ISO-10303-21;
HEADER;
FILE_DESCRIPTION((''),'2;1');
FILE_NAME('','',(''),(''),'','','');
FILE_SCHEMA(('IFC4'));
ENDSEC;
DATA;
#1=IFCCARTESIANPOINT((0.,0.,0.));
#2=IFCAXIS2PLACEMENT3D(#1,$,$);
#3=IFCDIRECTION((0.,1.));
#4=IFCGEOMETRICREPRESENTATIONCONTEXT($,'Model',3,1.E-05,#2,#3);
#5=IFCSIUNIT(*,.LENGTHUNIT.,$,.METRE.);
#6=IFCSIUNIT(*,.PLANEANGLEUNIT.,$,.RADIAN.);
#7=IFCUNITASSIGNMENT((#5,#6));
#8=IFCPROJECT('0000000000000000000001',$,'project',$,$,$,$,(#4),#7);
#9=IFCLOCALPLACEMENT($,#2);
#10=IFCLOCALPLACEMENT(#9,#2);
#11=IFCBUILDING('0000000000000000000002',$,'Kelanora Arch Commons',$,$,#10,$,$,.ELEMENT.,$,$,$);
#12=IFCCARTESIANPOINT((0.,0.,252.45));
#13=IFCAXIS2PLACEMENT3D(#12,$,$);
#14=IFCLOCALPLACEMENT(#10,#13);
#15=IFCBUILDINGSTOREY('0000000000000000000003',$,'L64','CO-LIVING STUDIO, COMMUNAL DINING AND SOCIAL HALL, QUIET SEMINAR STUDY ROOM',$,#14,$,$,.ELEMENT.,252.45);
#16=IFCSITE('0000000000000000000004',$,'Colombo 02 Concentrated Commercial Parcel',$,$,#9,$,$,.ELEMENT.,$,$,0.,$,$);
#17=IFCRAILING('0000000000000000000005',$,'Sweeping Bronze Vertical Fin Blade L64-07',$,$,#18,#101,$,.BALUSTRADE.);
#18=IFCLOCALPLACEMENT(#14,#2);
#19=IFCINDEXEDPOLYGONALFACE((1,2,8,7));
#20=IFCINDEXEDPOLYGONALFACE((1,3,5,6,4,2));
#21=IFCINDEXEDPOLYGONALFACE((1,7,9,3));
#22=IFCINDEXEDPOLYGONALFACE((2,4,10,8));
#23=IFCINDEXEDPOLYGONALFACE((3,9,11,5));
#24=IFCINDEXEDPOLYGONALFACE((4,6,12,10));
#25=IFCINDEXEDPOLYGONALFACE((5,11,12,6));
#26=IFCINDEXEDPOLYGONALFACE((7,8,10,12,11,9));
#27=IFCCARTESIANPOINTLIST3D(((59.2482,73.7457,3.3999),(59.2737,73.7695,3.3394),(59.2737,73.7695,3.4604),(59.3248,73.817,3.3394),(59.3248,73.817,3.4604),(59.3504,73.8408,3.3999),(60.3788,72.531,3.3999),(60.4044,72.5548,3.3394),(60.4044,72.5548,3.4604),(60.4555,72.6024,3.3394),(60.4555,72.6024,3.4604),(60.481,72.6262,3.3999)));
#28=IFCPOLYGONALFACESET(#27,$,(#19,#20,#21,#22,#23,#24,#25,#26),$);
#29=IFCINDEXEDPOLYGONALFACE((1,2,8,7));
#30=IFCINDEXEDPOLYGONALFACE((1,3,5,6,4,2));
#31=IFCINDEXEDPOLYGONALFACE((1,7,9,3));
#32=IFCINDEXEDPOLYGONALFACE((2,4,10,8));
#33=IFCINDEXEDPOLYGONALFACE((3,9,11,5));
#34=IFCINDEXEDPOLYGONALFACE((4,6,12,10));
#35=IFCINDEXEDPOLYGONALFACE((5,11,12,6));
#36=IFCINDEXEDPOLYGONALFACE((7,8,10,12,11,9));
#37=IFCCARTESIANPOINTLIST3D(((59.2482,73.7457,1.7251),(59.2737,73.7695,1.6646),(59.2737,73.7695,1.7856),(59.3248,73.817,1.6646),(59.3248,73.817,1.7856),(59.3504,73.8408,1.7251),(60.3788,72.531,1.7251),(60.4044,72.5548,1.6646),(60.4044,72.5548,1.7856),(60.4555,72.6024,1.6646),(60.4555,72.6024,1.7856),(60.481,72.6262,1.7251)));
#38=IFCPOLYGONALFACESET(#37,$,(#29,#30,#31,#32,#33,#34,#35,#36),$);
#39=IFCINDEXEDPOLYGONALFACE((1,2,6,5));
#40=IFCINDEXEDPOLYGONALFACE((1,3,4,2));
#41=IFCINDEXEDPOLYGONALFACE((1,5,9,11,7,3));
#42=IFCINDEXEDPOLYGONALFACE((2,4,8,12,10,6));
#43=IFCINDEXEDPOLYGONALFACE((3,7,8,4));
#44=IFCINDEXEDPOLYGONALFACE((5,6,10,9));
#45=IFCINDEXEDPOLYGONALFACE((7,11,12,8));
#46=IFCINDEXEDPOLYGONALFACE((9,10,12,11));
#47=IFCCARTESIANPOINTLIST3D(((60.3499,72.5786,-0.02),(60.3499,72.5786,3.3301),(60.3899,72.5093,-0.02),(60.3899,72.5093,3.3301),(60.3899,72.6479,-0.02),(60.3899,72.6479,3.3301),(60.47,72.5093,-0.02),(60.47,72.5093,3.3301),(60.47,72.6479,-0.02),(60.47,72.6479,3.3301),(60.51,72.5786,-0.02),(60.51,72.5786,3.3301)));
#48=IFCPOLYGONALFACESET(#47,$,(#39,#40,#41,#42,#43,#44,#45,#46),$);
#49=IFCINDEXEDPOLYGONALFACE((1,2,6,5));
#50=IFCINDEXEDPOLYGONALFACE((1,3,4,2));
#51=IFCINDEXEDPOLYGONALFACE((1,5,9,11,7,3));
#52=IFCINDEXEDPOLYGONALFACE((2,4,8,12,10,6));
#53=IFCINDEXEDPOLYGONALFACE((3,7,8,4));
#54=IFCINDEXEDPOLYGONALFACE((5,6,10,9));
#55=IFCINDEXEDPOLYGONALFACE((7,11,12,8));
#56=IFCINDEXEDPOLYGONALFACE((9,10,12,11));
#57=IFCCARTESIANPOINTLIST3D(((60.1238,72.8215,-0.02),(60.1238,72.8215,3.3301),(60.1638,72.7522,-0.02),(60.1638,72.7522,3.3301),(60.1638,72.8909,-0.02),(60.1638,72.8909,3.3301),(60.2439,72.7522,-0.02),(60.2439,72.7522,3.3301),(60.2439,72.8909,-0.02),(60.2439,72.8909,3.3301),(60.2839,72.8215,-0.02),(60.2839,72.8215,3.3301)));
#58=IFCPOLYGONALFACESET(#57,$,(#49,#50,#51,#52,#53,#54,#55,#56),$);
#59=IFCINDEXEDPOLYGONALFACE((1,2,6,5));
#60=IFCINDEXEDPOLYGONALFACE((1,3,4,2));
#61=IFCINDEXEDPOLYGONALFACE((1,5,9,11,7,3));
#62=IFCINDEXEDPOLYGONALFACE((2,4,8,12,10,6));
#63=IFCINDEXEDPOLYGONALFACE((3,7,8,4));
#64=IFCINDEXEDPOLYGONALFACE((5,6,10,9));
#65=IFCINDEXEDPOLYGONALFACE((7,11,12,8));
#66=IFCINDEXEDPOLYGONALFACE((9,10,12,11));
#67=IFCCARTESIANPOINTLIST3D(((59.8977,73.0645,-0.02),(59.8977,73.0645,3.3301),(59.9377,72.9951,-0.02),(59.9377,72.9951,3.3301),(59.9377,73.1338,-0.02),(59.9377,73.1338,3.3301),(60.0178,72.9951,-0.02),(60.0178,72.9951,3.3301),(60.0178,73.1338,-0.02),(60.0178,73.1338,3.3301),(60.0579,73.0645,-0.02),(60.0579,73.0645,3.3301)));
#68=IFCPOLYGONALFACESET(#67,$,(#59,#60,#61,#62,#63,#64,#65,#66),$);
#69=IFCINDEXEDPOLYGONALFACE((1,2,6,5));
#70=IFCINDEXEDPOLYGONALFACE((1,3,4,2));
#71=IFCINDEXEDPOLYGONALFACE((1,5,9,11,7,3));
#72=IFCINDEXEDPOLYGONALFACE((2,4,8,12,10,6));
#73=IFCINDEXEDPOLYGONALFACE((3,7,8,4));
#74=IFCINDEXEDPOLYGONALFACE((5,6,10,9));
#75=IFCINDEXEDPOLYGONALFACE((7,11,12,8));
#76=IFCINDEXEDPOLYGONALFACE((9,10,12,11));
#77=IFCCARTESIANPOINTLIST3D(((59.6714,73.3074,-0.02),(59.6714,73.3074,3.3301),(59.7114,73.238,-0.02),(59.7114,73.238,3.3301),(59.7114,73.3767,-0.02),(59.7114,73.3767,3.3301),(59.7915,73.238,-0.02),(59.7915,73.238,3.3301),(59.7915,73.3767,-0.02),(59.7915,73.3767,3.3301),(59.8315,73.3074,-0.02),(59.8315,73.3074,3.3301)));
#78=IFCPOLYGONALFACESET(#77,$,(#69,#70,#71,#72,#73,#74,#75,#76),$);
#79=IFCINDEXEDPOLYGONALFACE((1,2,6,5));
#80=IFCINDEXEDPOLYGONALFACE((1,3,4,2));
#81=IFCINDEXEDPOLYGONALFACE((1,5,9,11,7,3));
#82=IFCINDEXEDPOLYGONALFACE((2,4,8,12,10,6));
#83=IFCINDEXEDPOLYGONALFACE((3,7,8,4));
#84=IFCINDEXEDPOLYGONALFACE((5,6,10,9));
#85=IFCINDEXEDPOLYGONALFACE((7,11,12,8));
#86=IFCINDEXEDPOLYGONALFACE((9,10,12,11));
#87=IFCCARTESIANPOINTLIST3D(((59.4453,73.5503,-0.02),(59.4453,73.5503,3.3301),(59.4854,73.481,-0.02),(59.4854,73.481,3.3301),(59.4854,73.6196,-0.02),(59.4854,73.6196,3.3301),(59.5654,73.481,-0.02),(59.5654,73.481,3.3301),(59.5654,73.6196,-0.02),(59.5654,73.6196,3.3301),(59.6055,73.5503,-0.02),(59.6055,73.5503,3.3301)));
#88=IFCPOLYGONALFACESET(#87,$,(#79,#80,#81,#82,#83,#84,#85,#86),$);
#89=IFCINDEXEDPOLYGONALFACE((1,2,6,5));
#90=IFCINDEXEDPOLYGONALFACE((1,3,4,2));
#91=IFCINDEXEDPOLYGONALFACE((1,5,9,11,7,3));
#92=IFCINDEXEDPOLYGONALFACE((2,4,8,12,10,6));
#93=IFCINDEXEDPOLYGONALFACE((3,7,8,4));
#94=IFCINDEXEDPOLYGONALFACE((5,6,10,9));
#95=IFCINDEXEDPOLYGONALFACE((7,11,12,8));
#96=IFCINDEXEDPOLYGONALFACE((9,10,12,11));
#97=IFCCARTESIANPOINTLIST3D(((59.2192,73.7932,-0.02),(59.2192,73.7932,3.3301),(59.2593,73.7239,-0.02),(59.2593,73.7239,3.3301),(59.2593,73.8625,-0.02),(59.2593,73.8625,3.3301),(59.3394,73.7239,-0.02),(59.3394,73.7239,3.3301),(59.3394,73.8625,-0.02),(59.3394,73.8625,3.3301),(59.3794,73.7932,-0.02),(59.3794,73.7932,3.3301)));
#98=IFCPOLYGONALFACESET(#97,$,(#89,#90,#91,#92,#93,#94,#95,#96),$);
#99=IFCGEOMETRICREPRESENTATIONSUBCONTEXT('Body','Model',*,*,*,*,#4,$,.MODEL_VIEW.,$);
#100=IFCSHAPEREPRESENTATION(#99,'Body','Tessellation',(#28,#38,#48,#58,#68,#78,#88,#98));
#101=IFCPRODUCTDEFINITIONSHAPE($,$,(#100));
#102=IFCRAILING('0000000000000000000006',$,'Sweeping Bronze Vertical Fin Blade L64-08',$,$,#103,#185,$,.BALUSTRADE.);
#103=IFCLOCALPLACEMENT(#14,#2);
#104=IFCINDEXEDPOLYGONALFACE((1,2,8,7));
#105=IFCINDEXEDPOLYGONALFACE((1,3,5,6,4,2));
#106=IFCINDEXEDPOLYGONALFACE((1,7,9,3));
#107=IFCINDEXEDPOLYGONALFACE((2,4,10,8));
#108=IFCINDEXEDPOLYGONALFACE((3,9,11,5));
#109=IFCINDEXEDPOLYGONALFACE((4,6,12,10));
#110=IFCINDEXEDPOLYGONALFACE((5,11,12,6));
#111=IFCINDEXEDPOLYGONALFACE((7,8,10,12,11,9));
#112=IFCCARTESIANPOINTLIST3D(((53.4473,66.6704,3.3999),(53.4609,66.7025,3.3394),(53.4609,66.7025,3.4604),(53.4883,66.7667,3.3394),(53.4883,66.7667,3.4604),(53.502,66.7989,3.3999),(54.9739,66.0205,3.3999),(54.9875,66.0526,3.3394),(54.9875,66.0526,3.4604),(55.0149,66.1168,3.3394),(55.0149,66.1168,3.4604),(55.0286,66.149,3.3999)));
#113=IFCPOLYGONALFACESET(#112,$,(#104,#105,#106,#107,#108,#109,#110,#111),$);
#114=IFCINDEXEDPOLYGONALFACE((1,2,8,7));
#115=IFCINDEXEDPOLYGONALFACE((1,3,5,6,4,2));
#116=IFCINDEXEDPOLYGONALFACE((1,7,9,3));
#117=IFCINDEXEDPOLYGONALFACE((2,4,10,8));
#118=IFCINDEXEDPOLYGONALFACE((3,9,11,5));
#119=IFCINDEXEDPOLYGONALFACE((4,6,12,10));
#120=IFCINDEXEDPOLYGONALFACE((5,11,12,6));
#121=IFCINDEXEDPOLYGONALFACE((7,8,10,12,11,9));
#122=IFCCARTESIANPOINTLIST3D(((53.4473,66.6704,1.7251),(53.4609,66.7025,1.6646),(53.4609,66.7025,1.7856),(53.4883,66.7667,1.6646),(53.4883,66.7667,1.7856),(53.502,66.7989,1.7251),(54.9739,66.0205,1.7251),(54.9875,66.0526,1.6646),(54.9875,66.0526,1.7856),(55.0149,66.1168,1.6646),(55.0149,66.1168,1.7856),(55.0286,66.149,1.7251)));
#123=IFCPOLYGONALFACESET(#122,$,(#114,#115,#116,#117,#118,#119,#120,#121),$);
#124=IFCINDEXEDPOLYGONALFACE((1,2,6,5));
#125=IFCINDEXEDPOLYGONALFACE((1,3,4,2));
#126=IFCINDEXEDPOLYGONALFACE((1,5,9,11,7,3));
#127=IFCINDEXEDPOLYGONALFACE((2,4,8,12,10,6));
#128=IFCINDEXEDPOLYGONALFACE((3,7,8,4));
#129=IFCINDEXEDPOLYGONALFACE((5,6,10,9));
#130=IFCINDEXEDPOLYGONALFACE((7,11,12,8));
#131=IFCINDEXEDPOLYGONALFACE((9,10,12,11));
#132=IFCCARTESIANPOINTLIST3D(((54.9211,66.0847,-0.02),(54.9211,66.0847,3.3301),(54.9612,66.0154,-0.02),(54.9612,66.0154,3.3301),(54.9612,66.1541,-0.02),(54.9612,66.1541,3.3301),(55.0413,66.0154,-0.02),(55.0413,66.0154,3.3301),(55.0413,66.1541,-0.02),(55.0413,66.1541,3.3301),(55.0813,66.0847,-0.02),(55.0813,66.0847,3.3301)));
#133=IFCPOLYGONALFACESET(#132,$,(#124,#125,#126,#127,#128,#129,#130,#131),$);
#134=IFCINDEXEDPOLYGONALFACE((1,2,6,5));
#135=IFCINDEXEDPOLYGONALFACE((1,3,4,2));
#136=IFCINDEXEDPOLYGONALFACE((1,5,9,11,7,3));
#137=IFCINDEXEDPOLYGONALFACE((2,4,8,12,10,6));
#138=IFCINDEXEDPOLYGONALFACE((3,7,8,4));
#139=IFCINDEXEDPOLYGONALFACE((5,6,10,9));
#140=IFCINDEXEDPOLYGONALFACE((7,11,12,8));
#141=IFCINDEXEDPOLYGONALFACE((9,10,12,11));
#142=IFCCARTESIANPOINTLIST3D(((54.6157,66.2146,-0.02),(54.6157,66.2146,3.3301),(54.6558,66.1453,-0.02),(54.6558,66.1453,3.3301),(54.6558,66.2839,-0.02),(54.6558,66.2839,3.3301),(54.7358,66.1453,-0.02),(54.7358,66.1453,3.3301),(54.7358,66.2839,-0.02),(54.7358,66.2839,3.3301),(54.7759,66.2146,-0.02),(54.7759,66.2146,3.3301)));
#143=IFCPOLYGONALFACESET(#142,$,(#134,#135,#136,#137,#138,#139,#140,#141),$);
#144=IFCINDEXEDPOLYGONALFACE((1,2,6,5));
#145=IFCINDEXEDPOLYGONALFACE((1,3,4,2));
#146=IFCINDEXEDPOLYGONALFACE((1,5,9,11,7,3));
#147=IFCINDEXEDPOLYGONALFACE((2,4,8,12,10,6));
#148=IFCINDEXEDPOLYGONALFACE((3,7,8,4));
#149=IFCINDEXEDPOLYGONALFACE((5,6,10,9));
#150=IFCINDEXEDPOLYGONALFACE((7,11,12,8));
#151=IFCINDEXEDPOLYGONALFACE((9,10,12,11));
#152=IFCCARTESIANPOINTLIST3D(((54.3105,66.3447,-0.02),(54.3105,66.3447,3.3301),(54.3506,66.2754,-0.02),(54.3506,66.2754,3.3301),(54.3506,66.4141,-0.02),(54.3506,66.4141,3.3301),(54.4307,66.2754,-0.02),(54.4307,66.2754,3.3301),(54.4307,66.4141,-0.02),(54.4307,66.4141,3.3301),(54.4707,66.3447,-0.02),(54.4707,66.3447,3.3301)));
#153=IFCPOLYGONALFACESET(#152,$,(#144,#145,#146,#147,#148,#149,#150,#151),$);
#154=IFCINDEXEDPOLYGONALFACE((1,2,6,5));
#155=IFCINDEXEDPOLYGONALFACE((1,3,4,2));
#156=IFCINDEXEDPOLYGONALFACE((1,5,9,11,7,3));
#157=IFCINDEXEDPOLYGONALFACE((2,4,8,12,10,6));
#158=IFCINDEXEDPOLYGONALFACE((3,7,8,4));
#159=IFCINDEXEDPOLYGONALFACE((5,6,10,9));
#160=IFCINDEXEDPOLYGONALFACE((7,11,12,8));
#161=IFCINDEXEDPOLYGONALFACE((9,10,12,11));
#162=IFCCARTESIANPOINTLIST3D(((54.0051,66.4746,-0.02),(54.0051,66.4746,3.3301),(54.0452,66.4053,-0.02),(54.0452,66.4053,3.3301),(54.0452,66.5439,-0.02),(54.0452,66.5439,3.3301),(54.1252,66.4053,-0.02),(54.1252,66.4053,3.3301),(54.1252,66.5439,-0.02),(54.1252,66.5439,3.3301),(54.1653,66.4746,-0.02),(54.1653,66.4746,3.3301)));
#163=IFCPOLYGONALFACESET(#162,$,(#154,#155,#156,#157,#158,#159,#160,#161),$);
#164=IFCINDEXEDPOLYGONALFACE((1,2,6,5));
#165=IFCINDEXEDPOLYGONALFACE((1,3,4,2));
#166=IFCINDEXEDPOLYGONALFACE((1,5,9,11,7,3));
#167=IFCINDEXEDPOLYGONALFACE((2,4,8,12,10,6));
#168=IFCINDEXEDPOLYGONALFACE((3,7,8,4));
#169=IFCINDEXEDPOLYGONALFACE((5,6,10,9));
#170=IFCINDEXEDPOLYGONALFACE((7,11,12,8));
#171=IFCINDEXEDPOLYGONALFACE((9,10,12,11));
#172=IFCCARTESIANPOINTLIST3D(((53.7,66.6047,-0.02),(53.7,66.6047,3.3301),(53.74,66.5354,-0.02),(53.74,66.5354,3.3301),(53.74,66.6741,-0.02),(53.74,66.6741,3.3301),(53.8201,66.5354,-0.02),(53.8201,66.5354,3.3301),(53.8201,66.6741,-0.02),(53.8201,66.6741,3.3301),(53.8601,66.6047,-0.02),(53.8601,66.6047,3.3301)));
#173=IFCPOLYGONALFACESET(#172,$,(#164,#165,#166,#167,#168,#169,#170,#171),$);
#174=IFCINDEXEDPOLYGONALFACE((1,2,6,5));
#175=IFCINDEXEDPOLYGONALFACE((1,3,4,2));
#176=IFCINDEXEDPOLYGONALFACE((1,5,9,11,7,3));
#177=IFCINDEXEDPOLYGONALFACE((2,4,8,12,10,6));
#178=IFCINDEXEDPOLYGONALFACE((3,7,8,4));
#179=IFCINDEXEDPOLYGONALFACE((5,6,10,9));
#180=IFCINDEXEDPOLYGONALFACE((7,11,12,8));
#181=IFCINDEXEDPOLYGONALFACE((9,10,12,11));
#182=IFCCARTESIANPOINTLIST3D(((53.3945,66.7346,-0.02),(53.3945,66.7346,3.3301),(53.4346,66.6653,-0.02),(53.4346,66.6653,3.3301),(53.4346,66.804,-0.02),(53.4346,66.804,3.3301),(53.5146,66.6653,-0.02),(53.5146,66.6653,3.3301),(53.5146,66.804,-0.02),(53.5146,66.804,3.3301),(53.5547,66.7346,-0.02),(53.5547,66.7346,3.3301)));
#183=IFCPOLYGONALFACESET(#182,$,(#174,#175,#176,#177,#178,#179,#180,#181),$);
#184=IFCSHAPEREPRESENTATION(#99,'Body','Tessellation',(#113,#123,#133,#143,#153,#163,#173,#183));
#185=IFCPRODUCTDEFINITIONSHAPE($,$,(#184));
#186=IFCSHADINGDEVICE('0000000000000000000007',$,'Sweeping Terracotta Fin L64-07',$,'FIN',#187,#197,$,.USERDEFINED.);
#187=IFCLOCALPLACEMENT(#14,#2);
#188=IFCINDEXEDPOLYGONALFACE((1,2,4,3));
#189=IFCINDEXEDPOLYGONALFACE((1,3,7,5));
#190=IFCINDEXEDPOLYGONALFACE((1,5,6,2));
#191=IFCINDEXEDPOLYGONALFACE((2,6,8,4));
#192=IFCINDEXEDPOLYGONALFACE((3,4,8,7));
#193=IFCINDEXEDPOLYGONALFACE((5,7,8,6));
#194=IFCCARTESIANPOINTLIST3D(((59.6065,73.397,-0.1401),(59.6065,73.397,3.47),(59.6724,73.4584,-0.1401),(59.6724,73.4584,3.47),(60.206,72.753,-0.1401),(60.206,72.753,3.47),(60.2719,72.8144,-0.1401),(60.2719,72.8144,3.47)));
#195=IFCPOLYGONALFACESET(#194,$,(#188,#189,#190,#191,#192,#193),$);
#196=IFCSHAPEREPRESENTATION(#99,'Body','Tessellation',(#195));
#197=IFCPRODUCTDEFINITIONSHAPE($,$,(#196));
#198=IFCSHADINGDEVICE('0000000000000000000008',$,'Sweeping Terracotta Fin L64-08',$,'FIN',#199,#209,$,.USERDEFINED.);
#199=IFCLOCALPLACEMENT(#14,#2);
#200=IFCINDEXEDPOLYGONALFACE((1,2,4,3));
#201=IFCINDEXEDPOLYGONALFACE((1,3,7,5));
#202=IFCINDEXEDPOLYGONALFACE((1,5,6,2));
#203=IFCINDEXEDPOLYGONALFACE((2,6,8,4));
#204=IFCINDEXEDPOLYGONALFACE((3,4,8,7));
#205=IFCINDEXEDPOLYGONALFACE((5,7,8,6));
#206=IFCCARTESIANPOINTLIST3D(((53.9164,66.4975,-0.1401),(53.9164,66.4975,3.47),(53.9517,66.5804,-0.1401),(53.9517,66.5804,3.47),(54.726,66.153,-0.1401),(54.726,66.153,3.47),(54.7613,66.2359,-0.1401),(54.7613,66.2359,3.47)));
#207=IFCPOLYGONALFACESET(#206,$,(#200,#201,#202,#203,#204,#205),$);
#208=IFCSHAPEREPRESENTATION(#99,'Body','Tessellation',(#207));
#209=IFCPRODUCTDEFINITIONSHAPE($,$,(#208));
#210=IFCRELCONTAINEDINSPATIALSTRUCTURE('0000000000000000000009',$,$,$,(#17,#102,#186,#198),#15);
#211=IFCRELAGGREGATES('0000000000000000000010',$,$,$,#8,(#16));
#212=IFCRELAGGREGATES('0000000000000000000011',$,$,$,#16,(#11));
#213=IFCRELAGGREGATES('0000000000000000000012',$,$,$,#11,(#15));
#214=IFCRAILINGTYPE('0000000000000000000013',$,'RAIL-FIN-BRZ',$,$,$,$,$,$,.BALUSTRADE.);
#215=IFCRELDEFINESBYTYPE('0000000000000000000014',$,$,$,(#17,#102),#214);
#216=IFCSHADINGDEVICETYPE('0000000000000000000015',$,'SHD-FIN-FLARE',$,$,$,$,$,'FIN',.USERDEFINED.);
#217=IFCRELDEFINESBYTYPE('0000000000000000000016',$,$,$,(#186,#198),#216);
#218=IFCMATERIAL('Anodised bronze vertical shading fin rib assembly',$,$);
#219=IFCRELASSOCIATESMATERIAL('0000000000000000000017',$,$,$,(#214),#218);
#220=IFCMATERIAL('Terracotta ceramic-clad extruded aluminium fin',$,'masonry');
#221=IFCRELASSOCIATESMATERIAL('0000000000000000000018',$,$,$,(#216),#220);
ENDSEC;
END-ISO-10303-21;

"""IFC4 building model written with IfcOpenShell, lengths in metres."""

from ifc_helpers import new_model, si_unit, direction, frame, origin, origin_2d, place, context, subcontext, project, spatial, polyline, rectangle, outline, extrude, source, transform, mapped, material, type_object, element, save


model = new_model("IFC4")

# Units and contexts
model_context = context("Model", 3, precision=1e-05, world=origin(), true_north=direction((0.0, 1.0)))
body_context = subcontext(model_context, "Body", "Model", "MODEL_VIEW")
ifc_project = project(units=[si_unit("LENGTHUNIT", "METRE"), si_unit("PLANEANGLEUNIT", "RADIAN")], contexts=[model_context])

# Site, building, storey
site_placement = place(None, origin())
site = spatial("IfcSite", under=ifc_project, at=site_placement, Name="Colombo 02 Concentrated Commercial Parcel", CompositionType="ELEMENT", RefElevation=0.0)
building_placement = place(site_placement, origin())
building = spatial("IfcBuilding", under=site, at=building_placement, Name="Kelanora Arch Commons", CompositionType="ELEMENT")
storey_placement = place(building_placement, frame((0.0, 0.0, 252.45)))
storey = spatial("IfcBuildingStorey", under=building, at=storey_placement, Name="L64", Description="CO-LIVING STUDIO, COMMUNAL DINING AND SOCIAL HALL, QUIET SEMINAR STUDY ROOM", CompositionType="ELEMENT", Elevation=252.45)

# Railings
ifc_material_1 = material(Name="Anodised bronze vertical shading fin rib assembly")
railing_type = type_object("IfcRailingType", Name="RAIL-FIN-BRZ", PredefinedType="BALUSTRADE", material=ifc_material_1)
railing_1_placement = place(storey_placement, frame((60.4299, 72.5786, -0.02)))
element("IfcRailing", 1, at=railing_1_placement, inside=storey, type_object=railing_type, Name="Sweeping Bronze Vertical Fin Blade L64-07", PredefinedType="BALUSTRADE", context=body_context, shape_type="SweptSolid", body=[
    extrude(outline(polyline([(0.0698, 0.0), (0.0349, 0.0605), (-0.0349, 0.0605), (-0.0698, 0.0), (-0.0349, -0.0605), (0.0349, -0.0605), (0.0698, 0.0)])), frame((0.0, 0.0, 3.4199), z_axis=(-0.681348, 0.73196, 0.0), x_axis=(-0.73196, -0.681348, 0.0)), (0.0, 0.0, 1.0), 1.6594),
    extrude(outline(polyline([(0.0698, 0.0), (0.0349, 0.0605), (-0.0349, 0.0605), (-0.0698, 0.0), (-0.0349, -0.0605), (0.0349, -0.0605), (0.0698, 0.0)])), frame((0.0, 0.0, 1.7451), z_axis=(-0.681348, 0.73196, 0.0), x_axis=(-0.73196, -0.681348, 0.0)), (0.0, 0.0, 1.0), 1.6594),
    extrude(outline(polyline([(0.0801, 0.0), (0.04, 0.0693), (-0.04, 0.0693), (-0.0801, 0.0), (-0.04, -0.0693), (0.04, -0.0693), (0.0801, 0.0)])), origin(), (0.0, 0.0, 1.0), 3.3501),
    extrude(outline(polyline([(0.0801, 0.0), (0.04, 0.0693), (-0.04, 0.0693), (-0.0801, 0.0), (-0.04, -0.0693), (0.04, -0.0693), (0.0801, 0.0)])), frame((-0.2261, 0.2429, 0.0)), (0.0, 0.0, 1.0), 3.3501),
    extrude(outline(polyline([(0.0801, 0.0), (0.04, 0.0693), (-0.04, 0.0693), (-0.0801, 0.0), (-0.04, -0.0693), (0.04, -0.0693), (0.0801, 0.0)])), frame((-0.4521, 0.4858, 0.0)), (0.0, 0.0, 1.0), 3.3501),
    extrude(outline(polyline([(0.0801, 0.0), (0.04, 0.0693), (-0.04, 0.0693), (-0.0801, 0.0), (-0.04, -0.0693), (0.04, -0.0693), (0.0801, 0.0)])), frame((-0.6785, 0.7288, 0.0)), (0.0, 0.0, 1.0), 3.3501),
    extrude(outline(polyline([(0.0801, 0.0), (0.04, 0.0693), (-0.04, 0.0693), (-0.0801, 0.0), (-0.04, -0.0693), (0.04, -0.0693), (0.0801, 0.0)])), frame((-0.9045, 0.9717, 0.0)), (0.0, 0.0, 1.0), 3.3501),
    extrude(outline(polyline([(0.0801, 0.0), (0.04, 0.0693), (-0.04, 0.0693), (-0.0801, 0.0), (-0.04, -0.0693), (0.04, -0.0693), (0.0801, 0.0)])), frame((-1.1306, 1.2146, 0.0)), (0.0, 0.0, 1.0), 3.3501),
])
railing_2_placement = place(storey_placement, frame((55.0012, 66.0847, -0.02)))
element("IfcRailing", 2, at=railing_2_placement, inside=storey, type_object=railing_type, Name="Sweeping Bronze Vertical Fin Blade L64-08", PredefinedType="BALUSTRADE", context=body_context, shape_type="SweptSolid", body=[
    extrude(outline(polyline([(0.0698, 0.0), (0.0349, 0.0605), (-0.0349, 0.0605), (-0.0698, 0.0), (-0.0349, -0.0605), (0.0349, -0.0605), (0.0698, 0.0)])), frame((0.0, 0.0, 3.4199), z_axis=(-0.920094, 0.391698, 0.0), x_axis=(-0.391698, -0.920094, 0.0)), (0.0, 0.0, 1.0), 1.6592),
    extrude(outline(polyline([(0.0698, 0.0), (0.0349, 0.0605), (-0.0349, 0.0605), (-0.0698, 0.0), (-0.0349, -0.0605), (0.0349, -0.0605), (0.0698, 0.0)])), frame((0.0, 0.0, 1.7451), z_axis=(-0.920094, 0.391698, 0.0), x_axis=(-0.391698, -0.920094, 0.0)), (0.0, 0.0, 1.0), 1.6592),
    extrude(outline(polyline([(0.0801, 0.0), (0.04, 0.0693), (-0.04, 0.0693), (-0.0801, 0.0), (-0.04, -0.0693), (0.04, -0.0693), (0.0801, 0.0)])), origin(), (0.0, 0.0, 1.0), 3.3501),
    extrude(outline(polyline([(0.0801, 0.0), (0.04, 0.0693), (-0.04, 0.0693), (-0.0801, 0.0), (-0.04, -0.0693), (0.04, -0.0693), (0.0801, 0.0)])), frame((-0.3054, 0.1299, 0.0)), (0.0, 0.0, 1.0), 3.3501),
    extrude(outline(polyline([(0.0801, 0.0), (0.04, 0.0693), (-0.04, 0.0693), (-0.0801, 0.0), (-0.04, -0.0693), (0.04, -0.0693), (0.0801, 0.0)])), frame((-0.6106, 0.26, 0.0)), (0.0, 0.0, 1.0), 3.3501),
    extrude(outline(polyline([(0.0801, 0.0), (0.04, 0.0693), (-0.04, 0.0693), (-0.0801, 0.0), (-0.04, -0.0693), (0.04, -0.0693), (0.0801, 0.0)])), frame((-0.916, 0.3899, 0.0)), (0.0, 0.0, 1.0), 3.3501),
    extrude(outline(polyline([(0.0801, 0.0), (0.04, 0.0693), (-0.04, 0.0693), (-0.0801, 0.0), (-0.04, -0.0693), (0.04, -0.0693), (0.0801, 0.0)])), frame((-1.2212, 0.52, 0.0)), (0.0, 0.0, 1.0), 3.3501),
    extrude(outline(polyline([(0.0801, 0.0), (0.04, 0.0693), (-0.04, 0.0693), (-0.0801, 0.0), (-0.04, -0.0693), (0.04, -0.0693), (0.0801, 0.0)])), frame((-1.5266, 0.6499, 0.0)), (0.0, 0.0, 1.0), 3.3501),
])

# Shading devices
ifc_material_2 = material(Name="Terracotta ceramic-clad extruded aluminium fin", Category="masonry")
shading_device_type = type_object("IfcShadingDeviceType", Name="SHD-FIN-FLARE", ElementType="FIN", PredefinedType="USERDEFINED", material=ifc_material_2)
shared_shape_1 = source(origin(), body_context, "Body", "SweptSolid", [
    extrude(rectangle(XDim=0.8799, YDim=0.0901, at=origin_2d()), origin(), (0.0, 0.0, 1.0), 3.6101),
])
for number, where, z_axis, x_axis, name in (
    (3, (59.9392, 73.1057, -0.1401), (0.0, 0.0, 1.0), (-0.68136, 0.731949, 0.0), "Sweeping Terracotta Fin L64-07"),
    (4, (54.3389, 66.3667, -0.1401), (0.0, 0.0, 1.0), (-0.920164, 0.391534, 0.0), "Sweeping Terracotta Fin L64-08"),
):
    element("IfcShadingDevice", number, at=place(storey_placement, frame(where, z_axis=z_axis, x_axis=x_axis)), inside=storey, type_object=shading_device_type, Name=name, ObjectType="FIN", PredefinedType="USERDEFINED", context=body_context, shape_type="MappedRepresentation", body=[
        mapped(shared_shape_1, transform((0.0, 0.0, 0.0), scale=1.0)),
    ])

save(model, "model.ifc")
